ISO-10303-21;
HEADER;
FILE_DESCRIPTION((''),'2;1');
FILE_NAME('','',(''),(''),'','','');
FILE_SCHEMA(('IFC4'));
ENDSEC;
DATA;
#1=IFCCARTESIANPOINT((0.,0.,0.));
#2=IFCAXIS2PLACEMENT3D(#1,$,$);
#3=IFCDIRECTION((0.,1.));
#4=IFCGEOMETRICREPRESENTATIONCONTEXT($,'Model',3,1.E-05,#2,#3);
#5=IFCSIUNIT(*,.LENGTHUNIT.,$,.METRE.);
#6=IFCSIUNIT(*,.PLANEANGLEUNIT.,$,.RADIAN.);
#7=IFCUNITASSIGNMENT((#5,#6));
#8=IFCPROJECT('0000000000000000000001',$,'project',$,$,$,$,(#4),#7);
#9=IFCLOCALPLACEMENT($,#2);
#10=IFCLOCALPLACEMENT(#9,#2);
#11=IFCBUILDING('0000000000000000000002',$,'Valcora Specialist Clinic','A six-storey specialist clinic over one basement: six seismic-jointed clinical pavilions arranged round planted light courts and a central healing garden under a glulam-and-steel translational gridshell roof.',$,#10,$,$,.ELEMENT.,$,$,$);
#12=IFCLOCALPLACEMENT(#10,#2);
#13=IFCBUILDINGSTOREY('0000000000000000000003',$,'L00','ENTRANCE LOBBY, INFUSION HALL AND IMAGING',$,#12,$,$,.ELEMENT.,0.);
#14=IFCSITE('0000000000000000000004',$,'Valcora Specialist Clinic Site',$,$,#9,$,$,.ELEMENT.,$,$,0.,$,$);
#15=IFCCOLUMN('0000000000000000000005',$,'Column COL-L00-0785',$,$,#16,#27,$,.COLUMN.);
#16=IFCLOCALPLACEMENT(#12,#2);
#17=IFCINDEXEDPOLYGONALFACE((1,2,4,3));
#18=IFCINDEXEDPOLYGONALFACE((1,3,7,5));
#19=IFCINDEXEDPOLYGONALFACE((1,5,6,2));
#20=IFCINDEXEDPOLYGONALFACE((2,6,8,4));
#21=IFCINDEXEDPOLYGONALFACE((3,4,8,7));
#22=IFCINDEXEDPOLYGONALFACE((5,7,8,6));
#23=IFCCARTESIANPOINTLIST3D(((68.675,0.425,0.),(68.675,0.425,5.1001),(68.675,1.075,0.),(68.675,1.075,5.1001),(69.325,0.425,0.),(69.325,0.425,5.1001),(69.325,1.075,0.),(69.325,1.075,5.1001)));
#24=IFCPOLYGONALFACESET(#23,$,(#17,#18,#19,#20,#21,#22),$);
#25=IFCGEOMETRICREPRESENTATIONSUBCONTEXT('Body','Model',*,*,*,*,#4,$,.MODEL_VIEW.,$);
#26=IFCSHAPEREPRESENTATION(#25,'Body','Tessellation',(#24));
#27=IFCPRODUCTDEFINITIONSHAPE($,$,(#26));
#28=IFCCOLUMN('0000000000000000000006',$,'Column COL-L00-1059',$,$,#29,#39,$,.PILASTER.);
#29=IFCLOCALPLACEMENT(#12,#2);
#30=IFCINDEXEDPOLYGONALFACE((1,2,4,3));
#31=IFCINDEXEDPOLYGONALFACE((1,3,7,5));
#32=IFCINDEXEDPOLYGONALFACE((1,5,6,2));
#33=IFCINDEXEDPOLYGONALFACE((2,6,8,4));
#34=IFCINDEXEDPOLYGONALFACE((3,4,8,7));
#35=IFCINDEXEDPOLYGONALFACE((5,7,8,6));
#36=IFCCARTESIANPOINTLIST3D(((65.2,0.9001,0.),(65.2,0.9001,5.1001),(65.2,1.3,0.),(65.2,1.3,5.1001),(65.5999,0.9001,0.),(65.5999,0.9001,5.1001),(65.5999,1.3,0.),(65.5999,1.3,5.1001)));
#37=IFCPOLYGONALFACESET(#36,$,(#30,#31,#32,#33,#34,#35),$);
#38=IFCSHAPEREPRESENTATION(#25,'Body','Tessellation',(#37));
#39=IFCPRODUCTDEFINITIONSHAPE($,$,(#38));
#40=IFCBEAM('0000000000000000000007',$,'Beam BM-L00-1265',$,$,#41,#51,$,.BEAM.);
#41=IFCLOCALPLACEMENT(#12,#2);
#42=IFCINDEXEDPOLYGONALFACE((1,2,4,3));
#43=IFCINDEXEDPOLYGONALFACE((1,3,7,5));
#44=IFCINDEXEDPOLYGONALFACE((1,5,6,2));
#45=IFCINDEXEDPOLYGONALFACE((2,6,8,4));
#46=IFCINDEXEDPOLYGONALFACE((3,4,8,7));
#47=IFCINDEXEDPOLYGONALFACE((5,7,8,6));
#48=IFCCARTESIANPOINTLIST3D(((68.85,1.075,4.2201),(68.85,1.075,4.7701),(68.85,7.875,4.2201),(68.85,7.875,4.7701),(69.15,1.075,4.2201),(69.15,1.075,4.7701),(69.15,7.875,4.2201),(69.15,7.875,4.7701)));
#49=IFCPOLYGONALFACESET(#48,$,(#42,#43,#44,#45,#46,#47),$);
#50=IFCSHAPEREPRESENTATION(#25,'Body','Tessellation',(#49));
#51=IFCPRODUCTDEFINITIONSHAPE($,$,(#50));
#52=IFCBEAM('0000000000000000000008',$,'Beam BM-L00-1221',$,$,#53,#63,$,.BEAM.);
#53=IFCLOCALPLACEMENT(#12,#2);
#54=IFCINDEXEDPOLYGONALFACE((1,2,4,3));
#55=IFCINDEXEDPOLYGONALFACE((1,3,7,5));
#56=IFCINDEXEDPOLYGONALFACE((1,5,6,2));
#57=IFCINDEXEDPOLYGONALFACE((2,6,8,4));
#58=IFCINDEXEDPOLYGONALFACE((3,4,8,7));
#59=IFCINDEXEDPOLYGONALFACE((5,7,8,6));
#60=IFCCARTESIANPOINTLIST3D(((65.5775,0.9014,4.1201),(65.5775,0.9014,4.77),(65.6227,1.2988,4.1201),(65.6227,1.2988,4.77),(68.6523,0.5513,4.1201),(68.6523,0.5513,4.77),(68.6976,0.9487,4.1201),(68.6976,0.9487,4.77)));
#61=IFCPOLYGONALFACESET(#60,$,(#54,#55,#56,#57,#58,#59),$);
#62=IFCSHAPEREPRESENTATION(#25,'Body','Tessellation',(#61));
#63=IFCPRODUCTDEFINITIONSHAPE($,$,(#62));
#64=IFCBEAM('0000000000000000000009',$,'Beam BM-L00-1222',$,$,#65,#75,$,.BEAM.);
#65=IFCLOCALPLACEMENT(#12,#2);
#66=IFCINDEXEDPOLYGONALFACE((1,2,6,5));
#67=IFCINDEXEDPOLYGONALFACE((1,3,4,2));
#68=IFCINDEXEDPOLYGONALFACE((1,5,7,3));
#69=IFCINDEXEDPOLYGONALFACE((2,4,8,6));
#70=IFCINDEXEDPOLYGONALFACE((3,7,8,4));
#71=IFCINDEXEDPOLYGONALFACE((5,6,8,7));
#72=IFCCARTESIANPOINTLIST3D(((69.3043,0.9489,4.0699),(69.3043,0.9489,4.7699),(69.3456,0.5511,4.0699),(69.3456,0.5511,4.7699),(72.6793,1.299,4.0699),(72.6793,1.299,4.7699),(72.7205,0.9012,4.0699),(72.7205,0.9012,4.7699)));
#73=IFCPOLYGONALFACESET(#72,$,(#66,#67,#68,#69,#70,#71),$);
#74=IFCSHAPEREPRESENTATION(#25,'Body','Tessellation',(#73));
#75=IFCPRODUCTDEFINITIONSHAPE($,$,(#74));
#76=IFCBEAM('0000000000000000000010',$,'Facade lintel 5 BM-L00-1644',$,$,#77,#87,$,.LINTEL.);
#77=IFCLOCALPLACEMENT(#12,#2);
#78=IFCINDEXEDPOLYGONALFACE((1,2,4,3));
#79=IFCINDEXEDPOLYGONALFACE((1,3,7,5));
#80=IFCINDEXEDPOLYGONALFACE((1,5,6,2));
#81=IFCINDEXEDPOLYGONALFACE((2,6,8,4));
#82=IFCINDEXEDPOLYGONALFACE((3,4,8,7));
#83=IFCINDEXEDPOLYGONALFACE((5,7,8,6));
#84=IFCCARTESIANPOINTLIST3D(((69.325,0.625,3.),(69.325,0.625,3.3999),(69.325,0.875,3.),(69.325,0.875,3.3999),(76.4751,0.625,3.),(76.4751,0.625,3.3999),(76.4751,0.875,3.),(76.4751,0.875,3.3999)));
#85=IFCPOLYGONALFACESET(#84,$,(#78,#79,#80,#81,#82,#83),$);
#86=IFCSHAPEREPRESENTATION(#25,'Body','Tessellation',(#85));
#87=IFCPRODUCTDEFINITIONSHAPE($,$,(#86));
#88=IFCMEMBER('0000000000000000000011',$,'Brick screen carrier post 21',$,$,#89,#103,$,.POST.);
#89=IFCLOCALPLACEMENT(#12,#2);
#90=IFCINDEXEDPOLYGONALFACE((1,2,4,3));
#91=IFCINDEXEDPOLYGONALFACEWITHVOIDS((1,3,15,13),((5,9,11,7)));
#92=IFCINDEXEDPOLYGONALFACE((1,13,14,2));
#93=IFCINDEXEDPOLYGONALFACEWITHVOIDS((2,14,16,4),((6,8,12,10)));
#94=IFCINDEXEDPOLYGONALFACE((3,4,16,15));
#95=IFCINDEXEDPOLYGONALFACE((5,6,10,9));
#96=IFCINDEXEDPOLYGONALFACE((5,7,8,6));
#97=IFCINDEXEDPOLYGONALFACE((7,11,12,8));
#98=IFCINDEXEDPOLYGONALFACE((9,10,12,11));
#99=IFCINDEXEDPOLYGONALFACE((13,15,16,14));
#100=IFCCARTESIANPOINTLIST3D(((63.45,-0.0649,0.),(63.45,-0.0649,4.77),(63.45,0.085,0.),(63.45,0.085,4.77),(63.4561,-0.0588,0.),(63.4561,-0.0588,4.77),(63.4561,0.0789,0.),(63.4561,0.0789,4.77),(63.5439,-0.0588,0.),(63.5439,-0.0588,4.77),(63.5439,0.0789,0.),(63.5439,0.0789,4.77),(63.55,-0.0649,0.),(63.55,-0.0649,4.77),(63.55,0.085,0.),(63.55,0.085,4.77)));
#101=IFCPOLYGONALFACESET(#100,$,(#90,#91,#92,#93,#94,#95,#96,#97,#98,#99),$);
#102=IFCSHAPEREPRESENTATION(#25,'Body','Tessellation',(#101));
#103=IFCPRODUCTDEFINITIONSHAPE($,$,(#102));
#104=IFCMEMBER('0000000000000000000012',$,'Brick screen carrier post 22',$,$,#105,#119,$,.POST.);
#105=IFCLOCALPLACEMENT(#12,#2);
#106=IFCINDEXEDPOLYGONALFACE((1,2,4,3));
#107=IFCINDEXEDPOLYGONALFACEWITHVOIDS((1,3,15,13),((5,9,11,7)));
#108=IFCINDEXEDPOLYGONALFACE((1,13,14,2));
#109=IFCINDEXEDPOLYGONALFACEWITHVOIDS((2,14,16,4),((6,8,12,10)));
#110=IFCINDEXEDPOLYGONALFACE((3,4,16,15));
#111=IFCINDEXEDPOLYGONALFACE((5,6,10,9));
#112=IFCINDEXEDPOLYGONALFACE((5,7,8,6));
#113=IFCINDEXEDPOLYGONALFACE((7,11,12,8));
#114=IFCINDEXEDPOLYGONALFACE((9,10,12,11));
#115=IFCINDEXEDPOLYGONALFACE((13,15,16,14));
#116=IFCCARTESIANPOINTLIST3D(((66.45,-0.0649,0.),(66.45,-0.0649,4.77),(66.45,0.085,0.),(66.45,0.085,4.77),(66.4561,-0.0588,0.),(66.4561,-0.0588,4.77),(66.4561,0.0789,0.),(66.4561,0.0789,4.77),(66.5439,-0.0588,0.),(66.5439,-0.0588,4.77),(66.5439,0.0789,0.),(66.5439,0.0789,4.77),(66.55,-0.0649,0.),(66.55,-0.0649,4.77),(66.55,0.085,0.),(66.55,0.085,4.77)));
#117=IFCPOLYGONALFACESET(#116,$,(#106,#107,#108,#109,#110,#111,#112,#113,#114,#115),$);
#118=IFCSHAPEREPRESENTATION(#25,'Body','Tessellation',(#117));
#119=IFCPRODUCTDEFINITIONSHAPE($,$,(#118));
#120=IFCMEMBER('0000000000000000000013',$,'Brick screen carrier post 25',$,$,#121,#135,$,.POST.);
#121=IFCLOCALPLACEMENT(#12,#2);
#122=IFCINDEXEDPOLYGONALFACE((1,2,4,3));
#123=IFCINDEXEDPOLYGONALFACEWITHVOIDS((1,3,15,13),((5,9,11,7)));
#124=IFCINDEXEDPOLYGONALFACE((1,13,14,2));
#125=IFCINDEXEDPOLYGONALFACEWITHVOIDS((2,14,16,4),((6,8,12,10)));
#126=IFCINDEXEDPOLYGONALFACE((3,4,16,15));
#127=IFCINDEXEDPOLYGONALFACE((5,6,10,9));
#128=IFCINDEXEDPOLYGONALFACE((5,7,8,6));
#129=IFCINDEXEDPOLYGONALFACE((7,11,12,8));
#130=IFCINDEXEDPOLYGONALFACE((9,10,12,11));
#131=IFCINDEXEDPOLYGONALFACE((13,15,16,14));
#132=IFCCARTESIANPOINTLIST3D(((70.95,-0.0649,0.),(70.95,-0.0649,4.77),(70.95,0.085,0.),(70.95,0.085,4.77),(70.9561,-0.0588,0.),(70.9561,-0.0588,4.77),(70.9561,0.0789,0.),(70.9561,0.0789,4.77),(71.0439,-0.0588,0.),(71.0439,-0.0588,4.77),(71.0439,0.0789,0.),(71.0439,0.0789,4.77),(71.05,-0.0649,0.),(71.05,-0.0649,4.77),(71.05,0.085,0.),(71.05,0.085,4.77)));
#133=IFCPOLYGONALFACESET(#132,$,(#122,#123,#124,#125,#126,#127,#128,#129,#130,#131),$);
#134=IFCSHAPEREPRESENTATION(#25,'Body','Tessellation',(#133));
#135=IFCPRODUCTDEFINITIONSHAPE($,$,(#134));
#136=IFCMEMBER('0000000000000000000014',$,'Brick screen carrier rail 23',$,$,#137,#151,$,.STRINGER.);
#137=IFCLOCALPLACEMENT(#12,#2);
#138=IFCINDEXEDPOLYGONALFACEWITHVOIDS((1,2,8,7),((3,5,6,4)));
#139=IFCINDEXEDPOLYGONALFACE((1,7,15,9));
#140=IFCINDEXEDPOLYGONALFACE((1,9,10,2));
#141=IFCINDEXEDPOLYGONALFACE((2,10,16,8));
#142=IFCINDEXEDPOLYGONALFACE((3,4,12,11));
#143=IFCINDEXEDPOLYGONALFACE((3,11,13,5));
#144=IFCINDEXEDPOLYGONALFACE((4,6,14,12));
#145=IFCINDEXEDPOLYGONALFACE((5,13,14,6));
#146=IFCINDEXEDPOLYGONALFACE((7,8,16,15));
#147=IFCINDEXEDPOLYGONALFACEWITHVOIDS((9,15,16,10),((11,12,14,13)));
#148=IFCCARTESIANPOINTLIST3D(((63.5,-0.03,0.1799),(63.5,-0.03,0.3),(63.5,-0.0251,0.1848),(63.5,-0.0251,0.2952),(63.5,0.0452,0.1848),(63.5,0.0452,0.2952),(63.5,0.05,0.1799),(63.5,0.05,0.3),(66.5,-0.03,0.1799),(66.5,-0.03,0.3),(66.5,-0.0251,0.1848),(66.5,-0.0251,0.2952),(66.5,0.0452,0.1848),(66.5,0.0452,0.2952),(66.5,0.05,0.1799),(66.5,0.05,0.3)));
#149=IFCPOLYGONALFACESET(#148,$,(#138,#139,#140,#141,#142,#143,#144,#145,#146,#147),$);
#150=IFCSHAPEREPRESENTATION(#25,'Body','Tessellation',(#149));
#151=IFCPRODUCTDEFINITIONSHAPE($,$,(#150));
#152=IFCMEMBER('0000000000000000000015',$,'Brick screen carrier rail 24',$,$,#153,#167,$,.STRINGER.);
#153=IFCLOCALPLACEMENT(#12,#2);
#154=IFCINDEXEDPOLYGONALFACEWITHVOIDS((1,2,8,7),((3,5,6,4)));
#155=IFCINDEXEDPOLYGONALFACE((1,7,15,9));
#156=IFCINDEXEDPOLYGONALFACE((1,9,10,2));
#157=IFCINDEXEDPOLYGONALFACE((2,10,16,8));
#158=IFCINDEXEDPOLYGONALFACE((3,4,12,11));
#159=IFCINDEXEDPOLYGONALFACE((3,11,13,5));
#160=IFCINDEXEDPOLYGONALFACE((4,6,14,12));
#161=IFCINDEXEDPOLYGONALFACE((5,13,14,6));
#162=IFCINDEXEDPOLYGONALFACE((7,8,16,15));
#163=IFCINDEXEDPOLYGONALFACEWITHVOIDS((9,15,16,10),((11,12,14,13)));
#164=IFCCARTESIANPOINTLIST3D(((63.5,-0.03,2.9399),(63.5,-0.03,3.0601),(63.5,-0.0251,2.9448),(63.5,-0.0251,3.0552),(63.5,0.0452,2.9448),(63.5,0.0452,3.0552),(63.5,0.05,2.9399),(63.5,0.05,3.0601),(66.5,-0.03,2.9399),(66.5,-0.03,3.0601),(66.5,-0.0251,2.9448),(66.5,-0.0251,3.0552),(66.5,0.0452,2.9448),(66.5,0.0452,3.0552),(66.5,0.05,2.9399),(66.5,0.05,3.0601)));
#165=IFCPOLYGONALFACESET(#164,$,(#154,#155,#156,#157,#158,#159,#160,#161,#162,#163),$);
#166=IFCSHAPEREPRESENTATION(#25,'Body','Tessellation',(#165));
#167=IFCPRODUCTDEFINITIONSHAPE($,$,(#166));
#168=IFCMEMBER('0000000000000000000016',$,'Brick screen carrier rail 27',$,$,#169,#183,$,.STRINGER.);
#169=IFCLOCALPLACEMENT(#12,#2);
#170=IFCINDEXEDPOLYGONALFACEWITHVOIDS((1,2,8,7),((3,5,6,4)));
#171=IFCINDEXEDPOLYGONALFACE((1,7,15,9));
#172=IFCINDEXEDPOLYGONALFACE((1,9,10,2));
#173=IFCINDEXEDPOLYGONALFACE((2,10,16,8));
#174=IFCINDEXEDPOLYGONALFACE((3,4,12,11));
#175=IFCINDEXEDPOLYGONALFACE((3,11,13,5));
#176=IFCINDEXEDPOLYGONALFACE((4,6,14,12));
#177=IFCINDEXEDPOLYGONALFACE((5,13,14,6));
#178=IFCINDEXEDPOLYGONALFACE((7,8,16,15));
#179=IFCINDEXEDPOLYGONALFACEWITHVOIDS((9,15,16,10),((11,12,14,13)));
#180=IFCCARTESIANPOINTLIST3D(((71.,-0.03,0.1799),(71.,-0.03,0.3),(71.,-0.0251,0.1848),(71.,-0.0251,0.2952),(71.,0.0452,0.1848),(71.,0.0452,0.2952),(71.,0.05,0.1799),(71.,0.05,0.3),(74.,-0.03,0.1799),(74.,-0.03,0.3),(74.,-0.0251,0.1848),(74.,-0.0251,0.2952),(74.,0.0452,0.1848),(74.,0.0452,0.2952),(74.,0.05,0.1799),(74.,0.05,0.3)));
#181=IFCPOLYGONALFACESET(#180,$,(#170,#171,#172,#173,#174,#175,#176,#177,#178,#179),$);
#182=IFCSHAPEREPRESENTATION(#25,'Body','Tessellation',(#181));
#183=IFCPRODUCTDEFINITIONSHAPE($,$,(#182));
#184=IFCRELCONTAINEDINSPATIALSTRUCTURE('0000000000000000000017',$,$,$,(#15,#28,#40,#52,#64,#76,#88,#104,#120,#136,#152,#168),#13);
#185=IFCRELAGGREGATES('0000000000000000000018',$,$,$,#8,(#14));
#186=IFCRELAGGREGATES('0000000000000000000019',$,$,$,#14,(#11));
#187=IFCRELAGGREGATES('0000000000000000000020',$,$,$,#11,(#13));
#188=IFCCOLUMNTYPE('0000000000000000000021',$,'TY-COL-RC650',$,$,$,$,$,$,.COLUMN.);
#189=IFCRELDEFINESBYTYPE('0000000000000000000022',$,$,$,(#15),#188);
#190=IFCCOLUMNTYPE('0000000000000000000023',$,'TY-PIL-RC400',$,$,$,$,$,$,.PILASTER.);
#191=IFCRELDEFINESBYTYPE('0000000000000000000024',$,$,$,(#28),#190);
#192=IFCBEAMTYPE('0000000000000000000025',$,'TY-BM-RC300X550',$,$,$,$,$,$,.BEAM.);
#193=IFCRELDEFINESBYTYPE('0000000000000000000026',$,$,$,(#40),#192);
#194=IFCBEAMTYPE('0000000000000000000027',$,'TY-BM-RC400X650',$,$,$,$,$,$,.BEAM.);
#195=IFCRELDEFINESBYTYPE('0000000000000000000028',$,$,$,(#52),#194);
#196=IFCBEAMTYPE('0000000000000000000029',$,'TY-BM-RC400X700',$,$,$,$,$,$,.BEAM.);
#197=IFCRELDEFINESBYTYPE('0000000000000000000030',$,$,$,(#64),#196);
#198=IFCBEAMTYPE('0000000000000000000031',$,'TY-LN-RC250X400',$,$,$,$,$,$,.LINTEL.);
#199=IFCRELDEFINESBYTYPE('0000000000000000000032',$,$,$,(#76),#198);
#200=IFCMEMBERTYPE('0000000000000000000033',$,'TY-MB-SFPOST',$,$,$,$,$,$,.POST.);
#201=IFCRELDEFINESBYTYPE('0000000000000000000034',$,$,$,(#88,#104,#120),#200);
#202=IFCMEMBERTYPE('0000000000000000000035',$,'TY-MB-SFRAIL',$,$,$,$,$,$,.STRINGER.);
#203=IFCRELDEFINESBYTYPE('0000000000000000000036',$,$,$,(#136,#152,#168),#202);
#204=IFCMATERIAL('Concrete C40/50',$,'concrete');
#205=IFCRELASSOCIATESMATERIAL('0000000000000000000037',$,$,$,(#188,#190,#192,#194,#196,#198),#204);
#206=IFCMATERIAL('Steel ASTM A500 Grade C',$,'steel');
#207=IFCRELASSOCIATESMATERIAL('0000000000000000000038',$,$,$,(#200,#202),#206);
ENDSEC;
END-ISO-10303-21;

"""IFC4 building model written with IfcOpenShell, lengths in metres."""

from ifc_helpers import new_model, si_unit, direction, frame, origin, origin_2d, place, context, subcontext, project, spatial, rectangle, hollow_rectangle, extrude, material, material_profile, profile_set, type_object, element, save


model = new_model("IFC4")

# Units and contexts
model_context = context("Model", 3, precision=1e-05, world=origin(), true_north=direction((0.0, 1.0)))
body_context = subcontext(model_context, "Body", "Model", "MODEL_VIEW")
ifc_project = project(units=[si_unit("LENGTHUNIT", "METRE"), si_unit("PLANEANGLEUNIT", "RADIAN")], contexts=[model_context])

# Site, building, storey
site_placement = place(None, origin())
site = spatial("IfcSite", under=ifc_project, at=site_placement, Name="Valcora Specialist Clinic Site", CompositionType="ELEMENT", RefElevation=0.0)
building_placement = place(site_placement, origin())
building = spatial("IfcBuilding", under=site, at=building_placement, Name="Valcora Specialist Clinic", Description="A six-storey specialist clinic over one basement: six seismic-jointed clinical pavilions arranged round planted light courts and a central healing garden under a glulam-and-steel translational gridshell roof.", CompositionType="ELEMENT")
storey_placement = place(building_placement, origin())
storey = spatial("IfcBuildingStorey", under=building, at=storey_placement, Name="L00", Description="ENTRANCE LOBBY, INFUSION HALL AND IMAGING", CompositionType="ELEMENT", Elevation=0.0)

# Columns
ifc_material_1 = material(Name="Concrete C40/50", Category="concrete")
ifc_material_profile_1 = material_profile(ifc_material_1, rectangle(XDim=0.6499, YDim=0.6499, at=origin_2d()), Name="RC-COL-650X650")
ifc_profile_set_1 = profile_set([ifc_material_profile_1], Name="Concrete C40/50")
column_type_1 = type_object("IfcColumnType", Name="TY-COL-RC650", PredefinedType="COLUMN", material=ifc_profile_set_1)
column_1_placement = place(storey_placement, frame((69.0, 0.75, 0.0), z_axis=(0.0, 0.0, 1.0), x_axis=(1.0, 0.0, 0.0)))
element("IfcColumn", 1, at=column_1_placement, inside=storey, type_object=column_type_1, Name="Column COL-L00-0785", PredefinedType="COLUMN", context=body_context, shape_type="SweptSolid", body=[
    extrude(rectangle(XDim=0.6499, YDim=0.6499, at=origin_2d()), origin(), (0.0, 0.0, 1.0), 5.1001),
])
ifc_material_profile_2 = material_profile(ifc_material_1, rectangle(XDim=0.3999, YDim=0.3999, at=origin_2d()), Name="RC-COL-400X400")
ifc_profile_set_2 = profile_set([ifc_material_profile_2], Name="Concrete C40/50")
column_type_2 = type_object("IfcColumnType", Name="TY-PIL-RC400", PredefinedType="PILASTER", material=ifc_profile_set_2)
column_2_placement = place(storey_placement, frame((65.3999, 1.1001, 0.0), z_axis=(0.0, 0.0, 1.0), x_axis=(1.0, 0.0, 0.0)))
element("IfcColumn", 2, at=column_2_placement, inside=storey, type_object=column_type_2, Name="Column COL-L00-1059", PredefinedType="PILASTER", context=body_context, shape_type="SweptSolid", body=[
    extrude(rectangle(XDim=0.3999, YDim=0.3999, at=origin_2d()), origin(), (0.0, 0.0, 1.0), 5.1001),
])

# Beams
ifc_material_profile_3 = material_profile(ifc_material_1, rectangle(XDim=0.3, YDim=0.55, at=origin_2d()), Name="RC-BM-300X550")
ifc_profile_set_3 = profile_set([ifc_material_profile_3], Name="Concrete C40/50")
beam_type_1 = type_object("IfcBeamType", Name="TY-BM-RC300X550", PredefinedType="BEAM", material=ifc_profile_set_3)
beam_1_placement = place(storey_placement, frame((69.0, 1.075, 4.4951), z_axis=(0.0, 1.0, 0.0), x_axis=(-1.0, 0.0, 0.0)))
element("IfcBeam", 3, at=beam_1_placement, inside=storey, type_object=beam_type_1, Name="Beam BM-L00-1265", PredefinedType="BEAM", context=body_context, shape_type="SweptSolid", body=[
    extrude(rectangle(XDim=0.3, YDim=0.55, at=origin_2d()), origin(), (0.0, 0.0, 1.0), 6.8),
])
ifc_material_profile_4 = material_profile(ifc_material_1, rectangle(XDim=0.3999, YDim=0.6499, at=origin_2d()), Name="RC-BM-400X650")
ifc_profile_set_4 = profile_set([ifc_material_profile_4], Name="Concrete C40/50")
beam_type_2 = type_object("IfcBeamType", Name="TY-BM-RC400X650", PredefinedType="BEAM", material=ifc_profile_set_4)
beam_2_placement = place(storey_placement, frame((65.6001, 1.1001, 4.4451), z_axis=(0.993581, -0.113124, 0.0), x_axis=(0.113124, 0.993581, 0.0)))
element("IfcBeam", 4, at=beam_2_placement, inside=storey, type_object=beam_type_2, Name="Beam BM-L00-1221", PredefinedType="BEAM", context=body_context, shape_type="SweptSolid", body=[
    extrude(rectangle(XDim=0.3999, YDim=0.6499, at=origin_2d()), origin(), (0.0, 0.0, 1.0), 3.0947),
])
ifc_material_profile_5 = material_profile(ifc_material_1, rectangle(XDim=0.3999, YDim=0.7, at=origin_2d()), Name="RC-BM-400X700")
ifc_profile_set_5 = profile_set([ifc_material_profile_5], Name="Concrete C40/50")
beam_type_3 = type_object("IfcBeamType", Name="TY-BM-RC400X700", PredefinedType="BEAM", material=ifc_profile_set_5)
beam_3_placement = place(storey_placement, frame((69.325, 0.75, 4.4199), z_axis=(0.994663, 0.103179, 0.0), x_axis=(-0.103179, 0.994663, 0.0)))
element("IfcBeam", 5, at=beam_3_placement, inside=storey, type_object=beam_type_3, Name="Beam BM-L00-1222", PredefinedType="BEAM", context=body_context, shape_type="SweptSolid", body=[
    extrude(rectangle(XDim=0.3999, YDim=0.7, at=origin_2d()), origin(), (0.0, 0.0, 1.0), 3.3931),
])
ifc_material_profile_6 = material_profile(ifc_material_1, rectangle(XDim=0.25, YDim=0.3999, at=origin_2d()), Name="RC-LN-250X400")
ifc_profile_set_6 = profile_set([ifc_material_profile_6], Name="Concrete C40/50")
beam_type_4 = type_object("IfcBeamType", Name="TY-LN-RC250X400", PredefinedType="LINTEL", material=ifc_profile_set_6)
beam_4_placement = place(storey_placement, frame((69.325, 0.75, 3.2), z_axis=(1.0, 0.0, 0.0), x_axis=(0.0, 1.0, 0.0)))
element("IfcBeam", 6, at=beam_4_placement, inside=storey, type_object=beam_type_4, Name="Facade lintel 5 BM-L00-1644", PredefinedType="LINTEL", context=body_context, shape_type="SweptSolid", body=[
    extrude(rectangle(XDim=0.25, YDim=0.3999, at=origin_2d()), origin(), (0.0, 0.0, 1.0), 7.1501),
])

# Members
ifc_material_2 = material(Name="Steel ASTM A500 Grade C", Category="steel")
ifc_material_profile_7 = material_profile(ifc_material_2, hollow_rectangle(XDim=0.1001, YDim=0.1499, WallThickness=0.0061, at=origin_2d()), Name="ST-RHS-150X100X6")
ifc_profile_set_7 = profile_set([ifc_material_profile_7], Name="Steel ASTM A500 Grade C")
member_type_1 = type_object("IfcMemberType", Name="TY-MB-SFPOST", PredefinedType="POST", material=ifc_profile_set_7)
for number, where, z_axis, x_axis, name in (
    (7, (63.5, 0.01, 0.0), (0.0, 0.0, 1.0), (1.0, 0.0, 0.0), "Brick screen carrier post 21"),
    (8, (66.5, 0.01, 0.0), (0.0, 0.0, 1.0), (1.0, 0.0, 0.0), "Brick screen carrier post 22"),
    (9, (71.0, 0.01, 0.0), (0.0, 0.0, 1.0), (1.0, 0.0, 0.0), "Brick screen carrier post 25"),
):
    element("IfcMember", number, at=place(storey_placement, frame(where, z_axis=z_axis, x_axis=x_axis)), inside=storey, type_object=member_type_1, Name=name, PredefinedType="POST", context=body_context, shape_type="SweptSolid", body=[
        extrude(hollow_rectangle(XDim=0.1001, YDim=0.1499, WallThickness=0.0061, at=origin_2d()), origin(), (0.0, 0.0, 1.0), 4.77),
    ])
ifc_material_profile_8 = material_profile(ifc_material_2, hollow_rectangle(XDim=0.0801, YDim=0.1201, WallThickness=0.0049, at=origin_2d()), Name="ST-RHS-120X80X5")
ifc_profile_set_8 = profile_set([ifc_material_profile_8], Name="Steel ASTM A500 Grade C")
member_type_2 = type_object("IfcMemberType", Name="TY-MB-SFRAIL", PredefinedType="STRINGER", material=ifc_profile_set_8)
for number, where, z_axis, x_axis, name in (
    (10, (63.5, 0.01, 0.24), (1.0, 0.0, 0.0), (0.0, 1.0, 0.0), "Brick screen carrier rail 23"),
    (11, (63.5, 0.01, 3.0), (1.0, 0.0, 0.0), (0.0, 1.0, 0.0), "Brick screen carrier rail 24"),
    (12, (71.0, 0.01, 0.24), (1.0, 0.0, 0.0), (0.0, 1.0, 0.0), "Brick screen carrier rail 27"),
):
    element("IfcMember", number, at=place(storey_placement, frame(where, z_axis=z_axis, x_axis=x_axis)), inside=storey, type_object=member_type_2, Name=name, PredefinedType="STRINGER", context=body_context, shape_type="SweptSolid", body=[
        extrude(hollow_rectangle(XDim=0.0801, YDim=0.1201, WallThickness=0.0049, at=origin_2d()), origin(), (0.0, 0.0, 1.0), 3.0),
    ])

save(model, "model.ifc")
